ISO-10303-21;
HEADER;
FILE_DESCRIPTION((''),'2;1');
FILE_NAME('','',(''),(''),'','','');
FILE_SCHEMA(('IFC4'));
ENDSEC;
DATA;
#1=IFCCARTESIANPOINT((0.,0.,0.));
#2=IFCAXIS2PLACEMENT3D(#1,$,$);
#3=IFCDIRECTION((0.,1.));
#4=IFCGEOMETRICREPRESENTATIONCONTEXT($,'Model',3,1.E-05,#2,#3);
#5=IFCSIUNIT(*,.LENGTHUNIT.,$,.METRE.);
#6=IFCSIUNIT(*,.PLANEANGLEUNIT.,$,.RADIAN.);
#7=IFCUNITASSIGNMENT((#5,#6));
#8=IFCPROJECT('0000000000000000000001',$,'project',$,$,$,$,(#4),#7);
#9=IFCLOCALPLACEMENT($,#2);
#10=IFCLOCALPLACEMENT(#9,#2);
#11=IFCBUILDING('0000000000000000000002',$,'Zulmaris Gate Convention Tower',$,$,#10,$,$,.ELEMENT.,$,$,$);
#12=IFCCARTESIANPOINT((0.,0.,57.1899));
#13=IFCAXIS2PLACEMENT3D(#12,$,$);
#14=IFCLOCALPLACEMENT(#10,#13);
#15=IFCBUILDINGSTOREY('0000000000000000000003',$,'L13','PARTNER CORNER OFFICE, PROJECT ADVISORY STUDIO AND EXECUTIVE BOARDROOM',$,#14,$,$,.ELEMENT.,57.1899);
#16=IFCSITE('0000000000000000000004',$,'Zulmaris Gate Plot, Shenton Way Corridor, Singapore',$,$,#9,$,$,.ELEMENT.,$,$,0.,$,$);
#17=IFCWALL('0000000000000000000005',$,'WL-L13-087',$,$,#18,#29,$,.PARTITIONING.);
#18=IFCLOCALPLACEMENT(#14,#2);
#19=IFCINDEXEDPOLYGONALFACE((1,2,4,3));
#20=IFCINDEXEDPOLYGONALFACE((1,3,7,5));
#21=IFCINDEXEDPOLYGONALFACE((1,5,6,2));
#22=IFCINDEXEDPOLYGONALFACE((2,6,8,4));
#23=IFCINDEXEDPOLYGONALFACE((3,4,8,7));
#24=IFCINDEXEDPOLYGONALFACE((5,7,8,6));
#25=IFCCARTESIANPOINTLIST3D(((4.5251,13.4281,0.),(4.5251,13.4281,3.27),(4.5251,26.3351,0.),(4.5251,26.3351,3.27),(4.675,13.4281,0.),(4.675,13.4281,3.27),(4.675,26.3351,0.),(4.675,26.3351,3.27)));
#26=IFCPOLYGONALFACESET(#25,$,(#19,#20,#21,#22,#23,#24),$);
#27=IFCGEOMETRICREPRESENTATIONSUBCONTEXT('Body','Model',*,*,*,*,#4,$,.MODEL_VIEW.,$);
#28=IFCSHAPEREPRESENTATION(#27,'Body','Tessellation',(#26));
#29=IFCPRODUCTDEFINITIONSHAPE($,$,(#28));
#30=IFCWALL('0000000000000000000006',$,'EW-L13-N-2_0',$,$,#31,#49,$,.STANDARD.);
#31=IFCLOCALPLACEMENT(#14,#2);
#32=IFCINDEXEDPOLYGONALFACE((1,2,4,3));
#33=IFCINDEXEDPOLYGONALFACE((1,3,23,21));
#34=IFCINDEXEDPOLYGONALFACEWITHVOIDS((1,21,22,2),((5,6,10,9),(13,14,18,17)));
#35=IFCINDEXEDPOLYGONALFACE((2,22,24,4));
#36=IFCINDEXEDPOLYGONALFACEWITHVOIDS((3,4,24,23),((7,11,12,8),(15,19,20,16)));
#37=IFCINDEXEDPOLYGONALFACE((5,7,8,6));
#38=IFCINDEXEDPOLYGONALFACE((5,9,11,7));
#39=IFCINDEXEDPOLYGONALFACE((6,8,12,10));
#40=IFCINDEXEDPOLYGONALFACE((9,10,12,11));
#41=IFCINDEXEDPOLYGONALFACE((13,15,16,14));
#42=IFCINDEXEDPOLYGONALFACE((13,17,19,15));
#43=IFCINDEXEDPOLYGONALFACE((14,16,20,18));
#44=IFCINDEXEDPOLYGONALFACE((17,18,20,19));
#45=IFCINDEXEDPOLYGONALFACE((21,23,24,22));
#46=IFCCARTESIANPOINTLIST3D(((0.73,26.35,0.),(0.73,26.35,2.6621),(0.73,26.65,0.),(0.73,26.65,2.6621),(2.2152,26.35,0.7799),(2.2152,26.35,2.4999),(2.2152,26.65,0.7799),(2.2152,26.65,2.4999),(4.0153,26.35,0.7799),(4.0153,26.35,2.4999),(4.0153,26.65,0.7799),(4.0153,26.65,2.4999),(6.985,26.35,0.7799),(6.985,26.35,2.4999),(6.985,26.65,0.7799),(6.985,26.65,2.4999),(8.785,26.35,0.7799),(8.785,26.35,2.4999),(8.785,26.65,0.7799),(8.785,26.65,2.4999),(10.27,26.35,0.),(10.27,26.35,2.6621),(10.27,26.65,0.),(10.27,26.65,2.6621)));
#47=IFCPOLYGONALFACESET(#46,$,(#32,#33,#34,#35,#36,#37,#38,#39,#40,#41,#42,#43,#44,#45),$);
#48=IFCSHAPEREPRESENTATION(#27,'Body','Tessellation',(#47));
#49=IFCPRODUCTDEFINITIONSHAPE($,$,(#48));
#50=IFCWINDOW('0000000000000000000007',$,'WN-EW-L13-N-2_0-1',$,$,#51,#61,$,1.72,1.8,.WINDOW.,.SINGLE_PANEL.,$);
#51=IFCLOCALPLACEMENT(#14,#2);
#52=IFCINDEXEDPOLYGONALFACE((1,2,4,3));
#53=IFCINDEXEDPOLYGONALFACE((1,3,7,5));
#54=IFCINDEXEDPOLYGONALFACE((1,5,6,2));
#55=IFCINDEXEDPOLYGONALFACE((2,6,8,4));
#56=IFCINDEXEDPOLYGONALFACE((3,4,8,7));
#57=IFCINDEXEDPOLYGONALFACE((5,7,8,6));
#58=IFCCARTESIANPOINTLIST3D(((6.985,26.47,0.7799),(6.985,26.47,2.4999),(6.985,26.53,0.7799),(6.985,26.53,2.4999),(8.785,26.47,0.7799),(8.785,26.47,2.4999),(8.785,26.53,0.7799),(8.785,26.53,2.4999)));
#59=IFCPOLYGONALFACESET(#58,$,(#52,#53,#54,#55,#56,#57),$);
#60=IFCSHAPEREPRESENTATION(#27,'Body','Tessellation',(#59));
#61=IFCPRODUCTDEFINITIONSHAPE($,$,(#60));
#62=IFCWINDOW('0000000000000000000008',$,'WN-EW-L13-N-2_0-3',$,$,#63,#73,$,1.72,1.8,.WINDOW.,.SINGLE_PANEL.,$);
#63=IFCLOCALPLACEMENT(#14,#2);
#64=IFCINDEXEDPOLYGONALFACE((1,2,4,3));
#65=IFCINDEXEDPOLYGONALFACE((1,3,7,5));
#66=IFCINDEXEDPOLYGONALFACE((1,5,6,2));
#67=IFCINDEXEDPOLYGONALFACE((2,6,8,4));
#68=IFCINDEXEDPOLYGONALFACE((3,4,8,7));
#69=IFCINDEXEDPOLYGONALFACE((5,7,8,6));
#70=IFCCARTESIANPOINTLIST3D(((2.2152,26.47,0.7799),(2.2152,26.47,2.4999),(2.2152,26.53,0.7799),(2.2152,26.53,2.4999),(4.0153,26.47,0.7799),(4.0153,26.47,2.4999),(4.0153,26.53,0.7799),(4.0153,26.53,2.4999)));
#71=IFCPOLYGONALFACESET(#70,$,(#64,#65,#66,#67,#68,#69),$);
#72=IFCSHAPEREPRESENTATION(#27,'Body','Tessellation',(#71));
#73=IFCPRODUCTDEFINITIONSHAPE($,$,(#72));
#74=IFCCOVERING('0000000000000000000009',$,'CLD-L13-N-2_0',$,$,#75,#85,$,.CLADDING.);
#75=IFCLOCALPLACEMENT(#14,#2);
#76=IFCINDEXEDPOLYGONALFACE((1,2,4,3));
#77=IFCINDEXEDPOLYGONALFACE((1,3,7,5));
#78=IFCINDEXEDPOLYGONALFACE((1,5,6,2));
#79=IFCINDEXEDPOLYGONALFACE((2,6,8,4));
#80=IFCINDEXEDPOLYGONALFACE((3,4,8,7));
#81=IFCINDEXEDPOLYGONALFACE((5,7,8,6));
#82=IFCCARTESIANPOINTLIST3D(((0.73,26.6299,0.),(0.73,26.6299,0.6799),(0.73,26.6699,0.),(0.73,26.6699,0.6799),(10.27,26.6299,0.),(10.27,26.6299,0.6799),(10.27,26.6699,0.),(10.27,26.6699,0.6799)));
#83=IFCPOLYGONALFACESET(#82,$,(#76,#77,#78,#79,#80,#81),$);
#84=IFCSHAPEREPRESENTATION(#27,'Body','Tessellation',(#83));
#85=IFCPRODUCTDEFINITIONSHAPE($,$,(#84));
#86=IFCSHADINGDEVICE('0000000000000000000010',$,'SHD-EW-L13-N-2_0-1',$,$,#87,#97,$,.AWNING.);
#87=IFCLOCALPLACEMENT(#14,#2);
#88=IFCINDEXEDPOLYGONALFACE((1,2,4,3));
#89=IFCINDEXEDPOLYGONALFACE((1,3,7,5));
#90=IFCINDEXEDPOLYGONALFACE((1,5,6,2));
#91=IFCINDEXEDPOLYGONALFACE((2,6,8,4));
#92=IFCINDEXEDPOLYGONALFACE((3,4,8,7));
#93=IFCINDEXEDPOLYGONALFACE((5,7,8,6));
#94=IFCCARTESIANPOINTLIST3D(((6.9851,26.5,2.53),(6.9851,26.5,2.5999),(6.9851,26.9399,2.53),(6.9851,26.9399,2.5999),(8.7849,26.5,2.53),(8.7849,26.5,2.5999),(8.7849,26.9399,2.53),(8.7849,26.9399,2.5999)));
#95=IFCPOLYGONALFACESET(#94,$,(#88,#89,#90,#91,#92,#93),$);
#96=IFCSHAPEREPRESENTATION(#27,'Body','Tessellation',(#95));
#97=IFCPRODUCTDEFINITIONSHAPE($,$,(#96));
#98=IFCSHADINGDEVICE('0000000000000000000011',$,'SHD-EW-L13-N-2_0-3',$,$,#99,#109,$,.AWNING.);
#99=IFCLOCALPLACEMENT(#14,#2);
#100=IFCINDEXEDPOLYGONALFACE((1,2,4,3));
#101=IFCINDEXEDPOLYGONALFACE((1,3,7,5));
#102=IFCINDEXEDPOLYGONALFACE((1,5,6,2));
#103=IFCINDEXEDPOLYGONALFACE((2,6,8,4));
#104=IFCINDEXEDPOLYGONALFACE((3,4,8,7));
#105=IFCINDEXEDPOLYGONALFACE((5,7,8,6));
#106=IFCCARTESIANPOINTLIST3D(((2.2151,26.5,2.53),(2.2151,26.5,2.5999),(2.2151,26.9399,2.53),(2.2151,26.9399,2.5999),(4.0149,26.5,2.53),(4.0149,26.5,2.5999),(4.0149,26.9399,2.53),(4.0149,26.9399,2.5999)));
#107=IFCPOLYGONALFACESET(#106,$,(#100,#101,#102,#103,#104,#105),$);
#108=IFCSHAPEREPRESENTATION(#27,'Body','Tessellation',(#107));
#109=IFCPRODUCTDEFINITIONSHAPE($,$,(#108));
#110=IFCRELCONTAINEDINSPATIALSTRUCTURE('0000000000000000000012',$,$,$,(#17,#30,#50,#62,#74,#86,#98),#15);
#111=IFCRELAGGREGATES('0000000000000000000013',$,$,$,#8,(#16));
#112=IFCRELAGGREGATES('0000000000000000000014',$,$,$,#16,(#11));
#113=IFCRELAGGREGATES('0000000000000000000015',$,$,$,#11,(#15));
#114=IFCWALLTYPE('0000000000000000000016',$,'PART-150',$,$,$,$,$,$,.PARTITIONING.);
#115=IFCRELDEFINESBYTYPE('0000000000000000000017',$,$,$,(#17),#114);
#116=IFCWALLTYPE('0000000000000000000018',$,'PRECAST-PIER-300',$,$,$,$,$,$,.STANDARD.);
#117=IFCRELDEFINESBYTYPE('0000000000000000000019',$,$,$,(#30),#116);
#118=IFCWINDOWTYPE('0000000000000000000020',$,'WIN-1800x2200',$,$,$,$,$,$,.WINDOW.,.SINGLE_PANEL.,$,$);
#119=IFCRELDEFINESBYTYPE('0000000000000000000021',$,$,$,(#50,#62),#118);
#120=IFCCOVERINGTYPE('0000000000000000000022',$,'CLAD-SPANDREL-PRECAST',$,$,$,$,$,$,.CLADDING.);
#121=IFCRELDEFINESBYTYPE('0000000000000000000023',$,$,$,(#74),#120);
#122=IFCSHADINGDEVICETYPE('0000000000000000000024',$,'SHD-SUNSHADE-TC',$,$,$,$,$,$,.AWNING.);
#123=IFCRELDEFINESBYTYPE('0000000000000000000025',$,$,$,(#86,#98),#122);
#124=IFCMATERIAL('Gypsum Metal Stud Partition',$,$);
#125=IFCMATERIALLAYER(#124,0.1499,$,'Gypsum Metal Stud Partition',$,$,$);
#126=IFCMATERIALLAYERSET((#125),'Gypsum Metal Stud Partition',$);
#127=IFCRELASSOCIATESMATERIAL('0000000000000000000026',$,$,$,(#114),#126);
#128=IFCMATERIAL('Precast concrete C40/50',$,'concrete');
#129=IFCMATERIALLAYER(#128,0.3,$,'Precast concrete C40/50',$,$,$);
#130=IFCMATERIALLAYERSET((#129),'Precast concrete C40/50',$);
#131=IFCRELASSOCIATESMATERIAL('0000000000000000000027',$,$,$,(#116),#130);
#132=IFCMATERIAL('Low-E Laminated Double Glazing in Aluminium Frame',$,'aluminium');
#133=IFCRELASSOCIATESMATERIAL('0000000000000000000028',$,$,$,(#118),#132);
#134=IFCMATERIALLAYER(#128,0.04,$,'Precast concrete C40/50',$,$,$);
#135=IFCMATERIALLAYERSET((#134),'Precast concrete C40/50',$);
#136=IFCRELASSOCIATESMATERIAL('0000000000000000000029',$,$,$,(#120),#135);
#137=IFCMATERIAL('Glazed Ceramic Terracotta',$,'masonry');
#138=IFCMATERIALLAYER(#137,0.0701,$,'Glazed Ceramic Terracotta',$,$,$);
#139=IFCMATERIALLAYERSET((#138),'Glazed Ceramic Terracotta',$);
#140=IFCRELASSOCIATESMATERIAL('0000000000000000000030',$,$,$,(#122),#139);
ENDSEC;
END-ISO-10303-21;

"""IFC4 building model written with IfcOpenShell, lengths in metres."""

from ifc_helpers import new_model, si_unit, direction, frame, frame_2d, origin, place, context, subcontext, project, spatial, rectangle, extrude, material, layer, layer_set, type_object, element, fill, save


model = new_model("IFC4")

# Units and contexts
model_context = context("Model", 3, precision=1e-05, world=origin(), true_north=direction((0.0, 1.0)))
body_context = subcontext(model_context, "Body", "Model", "MODEL_VIEW")
ifc_project = project(units=[si_unit("LENGTHUNIT", "METRE"), si_unit("PLANEANGLEUNIT", "RADIAN")], contexts=[model_context])

# Site, building, storey
site_placement = place(None, origin())
site = spatial("IfcSite", under=ifc_project, at=site_placement, Name="Zulmaris Gate Plot, Shenton Way Corridor, Singapore", CompositionType="ELEMENT", RefElevation=0.0)
building_placement = place(site_placement, origin())
building = spatial("IfcBuilding", under=site, at=building_placement, Name="Zulmaris Gate Convention Tower", CompositionType="ELEMENT")
storey_placement = place(building_placement, frame((0.0, 0.0, 57.1899)))
storey = spatial("IfcBuildingStorey", under=building, at=storey_placement, Name="L13", Description="PARTNER CORNER OFFICE, PROJECT ADVISORY STUDIO AND EXECUTIVE BOARDROOM", CompositionType="ELEMENT", Elevation=57.1899)

# Wall
ifc_material_1 = material(Name="Gypsum Metal Stud Partition")
ifc_layer_1 = layer(ifc_material_1, 0.1499, Name="Gypsum Metal Stud Partition")
ifc_layer_set_1 = layer_set([ifc_layer_1], Name="Gypsum Metal Stud Partition")
wall_type_1 = type_object("IfcWallType", Name="PART-150", PredefinedType="PARTITIONING", material=ifc_layer_set_1)
wall_1_placement = place(storey_placement, frame((4.6001, 13.428, 0.0), z_axis=(0.0, 0.0, 1.0), x_axis=(0.0, 1.0, 0.0)))
element("IfcWall", 1, at=wall_1_placement, inside=storey, type_object=wall_type_1, Name="WL-L13-087", PredefinedType="PARTITIONING", context=body_context, shape_type="SweptSolid", body=[
    extrude(rectangle(XDim=12.907, YDim=0.1499, at=frame_2d((6.4536, 0.0))), origin(), (0.0, 0.0, 1.0), 3.27),
])

# Wall, openings, windows
ifc_material_2 = material(Name="Precast concrete C40/50", Category="concrete")
ifc_layer_2 = layer(ifc_material_2, 0.3, Name="Precast concrete C40/50")
ifc_layer_set_2 = layer_set([ifc_layer_2], Name="Precast concrete C40/50")
wall_type_2 = type_object("IfcWallType", Name="PRECAST-PIER-300", PredefinedType="STANDARD", material=ifc_layer_set_2)
wall_2_placement = place(storey_placement, frame((10.27, 26.5, 0.0), z_axis=(0.0, 0.0, 1.0), x_axis=(-1.0, 0.0, 0.0)))
wall_2 = element("IfcWall", 2, at=wall_2_placement, inside=storey, type_object=wall_type_2, Name="EW-L13-N-2_0", PredefinedType="STANDARD", context=body_context, shape_type="SweptSolid", body=[
    extrude(rectangle(XDim=9.54, YDim=0.3, at=frame_2d((4.77, 0.0))), origin(), (0.0, 0.0, 1.0), 2.6621),
])
opening_1_placement = place(wall_2_placement, frame((1.4851, 0.0, 0.78)))
opening_1 = element("IfcOpeningElement", 3, at=opening_1_placement, cuts=wall_2, PredefinedType="OPENING", context=body_context, shape_type="SweptSolid", body=[
    extrude(rectangle(XDim=1.8, YDim=1.72, at=frame_2d((0.8999, 0.8599))), frame((0.0, 0.1602, 0.0), z_axis=(0.0, -1.0, 0.0), x_axis=(1.0, 0.0, 0.0)), (0.0, 0.0, 1.0), 0.3201),
])
opening_2_placement = place(wall_2_placement, frame((6.2549, 0.0, 0.78)))
opening_2 = element("IfcOpeningElement", 4, at=opening_2_placement, cuts=wall_2, PredefinedType="OPENING", context=body_context, shape_type="SweptSolid", body=[
    extrude(rectangle(XDim=1.8, YDim=1.72, at=frame_2d((0.8999, 0.8599))), frame((0.0, 0.1602, 0.0), z_axis=(0.0, -1.0, 0.0), x_axis=(1.0, 0.0, 0.0)), (0.0, 0.0, 1.0), 0.3201),
])
ifc_material_3 = material(Name="Low-E Laminated Double Glazing in Aluminium Frame", Category="aluminium")
window_type = type_object("IfcWindowType", Name="WIN-1800x2200", PartitioningType="SINGLE_PANEL", PredefinedType="WINDOW", material=ifc_material_3)
window_1_placement = place(opening_1_placement, origin())
window_1 = element("IfcWindow", 5, at=window_1_placement, inside=storey, type_object=window_type, Name="WN-EW-L13-N-2_0-1", OverallHeight=1.72, OverallWidth=1.8, PartitioningType="SINGLE_PANEL", PredefinedType="WINDOW", context=body_context, shape_type="SweptSolid", body=[
    extrude(rectangle(XDim=1.8, YDim=1.72, at=frame_2d((0.8999, 0.8599))), frame((0.0, 0.03, 0.0), z_axis=(0.0, -1.0, 0.0), x_axis=(1.0, 0.0, 0.0)), (0.0, 0.0, 1.0), 0.0601),
])
fill(opening_1, window_1)
window_2_placement = place(opening_2_placement, origin())
window_2 = element("IfcWindow", 6, at=window_2_placement, inside=storey, type_object=window_type, Name="WN-EW-L13-N-2_0-3", OverallHeight=1.72, OverallWidth=1.8, PartitioningType="SINGLE_PANEL", PredefinedType="WINDOW", context=body_context, shape_type="SweptSolid", body=[
    extrude(rectangle(XDim=1.8, YDim=1.72, at=frame_2d((0.8999, 0.8599))), frame((0.0, 0.03, 0.0), z_axis=(0.0, -1.0, 0.0), x_axis=(1.0, 0.0, 0.0)), (0.0, 0.0, 1.0), 0.0601),
])
fill(opening_2, window_2)

# Covering
ifc_layer_3 = layer(ifc_material_2, 0.04, Name="Precast concrete C40/50")
ifc_layer_set_3 = layer_set([ifc_layer_3], Name="Precast concrete C40/50")
covering_type = type_object("IfcCoveringType", Name="CLAD-SPANDREL-PRECAST", PredefinedType="CLADDING", material=ifc_layer_set_3)
covering_placement = place(storey_placement, frame((10.27, 26.6499, 0.0), z_axis=(0.0, 0.0, 1.0), x_axis=(-1.0, 0.0, 0.0)))
element("IfcCovering", 7, at=covering_placement, inside=storey, type_object=covering_type, Name="CLD-L13-N-2_0", PredefinedType="CLADDING", context=body_context, shape_type="SweptSolid", body=[
    extrude(rectangle(XDim=9.54, YDim=0.04, at=frame_2d((4.77, 0.0))), origin(), (0.0, 0.0, 1.0), 0.6799),
])

# Shading devices
ifc_material_4 = material(Name="Glazed Ceramic Terracotta", Category="masonry")
ifc_layer_4 = layer(ifc_material_4, 0.0701, Name="Glazed Ceramic Terracotta")
ifc_layer_set_4 = layer_set([ifc_layer_4], Name="Glazed Ceramic Terracotta")
shading_device_type = type_object("IfcShadingDeviceType", Name="SHD-SUNSHADE-TC", PredefinedType="AWNING", material=ifc_layer_set_4)
for number, where, z_axis, x_axis, name in (
    (8, (8.7849, 26.72, 2.53), (0.0, 0.0, 1.0), (-1.0, 0.0, 0.0), "SHD-EW-L13-N-2_0-1"),
    (9, (4.0149, 26.72, 2.53), (0.0, 0.0, 1.0), (-1.0, 0.0, 0.0), "SHD-EW-L13-N-2_0-3"),
):
    element("IfcShadingDevice", number, at=place(storey_placement, frame(where, z_axis=z_axis, x_axis=x_axis)), inside=storey, type_object=shading_device_type, Name=name, PredefinedType="AWNING", context=body_context, shape_type="SweptSolid", body=[
        extrude(rectangle(XDim=1.7998, YDim=0.4399, at=frame_2d((0.8999, 0.0))), origin(), (0.0, 0.0, 1.0), 0.0698),
    ])

save(model, "model.ifc")
